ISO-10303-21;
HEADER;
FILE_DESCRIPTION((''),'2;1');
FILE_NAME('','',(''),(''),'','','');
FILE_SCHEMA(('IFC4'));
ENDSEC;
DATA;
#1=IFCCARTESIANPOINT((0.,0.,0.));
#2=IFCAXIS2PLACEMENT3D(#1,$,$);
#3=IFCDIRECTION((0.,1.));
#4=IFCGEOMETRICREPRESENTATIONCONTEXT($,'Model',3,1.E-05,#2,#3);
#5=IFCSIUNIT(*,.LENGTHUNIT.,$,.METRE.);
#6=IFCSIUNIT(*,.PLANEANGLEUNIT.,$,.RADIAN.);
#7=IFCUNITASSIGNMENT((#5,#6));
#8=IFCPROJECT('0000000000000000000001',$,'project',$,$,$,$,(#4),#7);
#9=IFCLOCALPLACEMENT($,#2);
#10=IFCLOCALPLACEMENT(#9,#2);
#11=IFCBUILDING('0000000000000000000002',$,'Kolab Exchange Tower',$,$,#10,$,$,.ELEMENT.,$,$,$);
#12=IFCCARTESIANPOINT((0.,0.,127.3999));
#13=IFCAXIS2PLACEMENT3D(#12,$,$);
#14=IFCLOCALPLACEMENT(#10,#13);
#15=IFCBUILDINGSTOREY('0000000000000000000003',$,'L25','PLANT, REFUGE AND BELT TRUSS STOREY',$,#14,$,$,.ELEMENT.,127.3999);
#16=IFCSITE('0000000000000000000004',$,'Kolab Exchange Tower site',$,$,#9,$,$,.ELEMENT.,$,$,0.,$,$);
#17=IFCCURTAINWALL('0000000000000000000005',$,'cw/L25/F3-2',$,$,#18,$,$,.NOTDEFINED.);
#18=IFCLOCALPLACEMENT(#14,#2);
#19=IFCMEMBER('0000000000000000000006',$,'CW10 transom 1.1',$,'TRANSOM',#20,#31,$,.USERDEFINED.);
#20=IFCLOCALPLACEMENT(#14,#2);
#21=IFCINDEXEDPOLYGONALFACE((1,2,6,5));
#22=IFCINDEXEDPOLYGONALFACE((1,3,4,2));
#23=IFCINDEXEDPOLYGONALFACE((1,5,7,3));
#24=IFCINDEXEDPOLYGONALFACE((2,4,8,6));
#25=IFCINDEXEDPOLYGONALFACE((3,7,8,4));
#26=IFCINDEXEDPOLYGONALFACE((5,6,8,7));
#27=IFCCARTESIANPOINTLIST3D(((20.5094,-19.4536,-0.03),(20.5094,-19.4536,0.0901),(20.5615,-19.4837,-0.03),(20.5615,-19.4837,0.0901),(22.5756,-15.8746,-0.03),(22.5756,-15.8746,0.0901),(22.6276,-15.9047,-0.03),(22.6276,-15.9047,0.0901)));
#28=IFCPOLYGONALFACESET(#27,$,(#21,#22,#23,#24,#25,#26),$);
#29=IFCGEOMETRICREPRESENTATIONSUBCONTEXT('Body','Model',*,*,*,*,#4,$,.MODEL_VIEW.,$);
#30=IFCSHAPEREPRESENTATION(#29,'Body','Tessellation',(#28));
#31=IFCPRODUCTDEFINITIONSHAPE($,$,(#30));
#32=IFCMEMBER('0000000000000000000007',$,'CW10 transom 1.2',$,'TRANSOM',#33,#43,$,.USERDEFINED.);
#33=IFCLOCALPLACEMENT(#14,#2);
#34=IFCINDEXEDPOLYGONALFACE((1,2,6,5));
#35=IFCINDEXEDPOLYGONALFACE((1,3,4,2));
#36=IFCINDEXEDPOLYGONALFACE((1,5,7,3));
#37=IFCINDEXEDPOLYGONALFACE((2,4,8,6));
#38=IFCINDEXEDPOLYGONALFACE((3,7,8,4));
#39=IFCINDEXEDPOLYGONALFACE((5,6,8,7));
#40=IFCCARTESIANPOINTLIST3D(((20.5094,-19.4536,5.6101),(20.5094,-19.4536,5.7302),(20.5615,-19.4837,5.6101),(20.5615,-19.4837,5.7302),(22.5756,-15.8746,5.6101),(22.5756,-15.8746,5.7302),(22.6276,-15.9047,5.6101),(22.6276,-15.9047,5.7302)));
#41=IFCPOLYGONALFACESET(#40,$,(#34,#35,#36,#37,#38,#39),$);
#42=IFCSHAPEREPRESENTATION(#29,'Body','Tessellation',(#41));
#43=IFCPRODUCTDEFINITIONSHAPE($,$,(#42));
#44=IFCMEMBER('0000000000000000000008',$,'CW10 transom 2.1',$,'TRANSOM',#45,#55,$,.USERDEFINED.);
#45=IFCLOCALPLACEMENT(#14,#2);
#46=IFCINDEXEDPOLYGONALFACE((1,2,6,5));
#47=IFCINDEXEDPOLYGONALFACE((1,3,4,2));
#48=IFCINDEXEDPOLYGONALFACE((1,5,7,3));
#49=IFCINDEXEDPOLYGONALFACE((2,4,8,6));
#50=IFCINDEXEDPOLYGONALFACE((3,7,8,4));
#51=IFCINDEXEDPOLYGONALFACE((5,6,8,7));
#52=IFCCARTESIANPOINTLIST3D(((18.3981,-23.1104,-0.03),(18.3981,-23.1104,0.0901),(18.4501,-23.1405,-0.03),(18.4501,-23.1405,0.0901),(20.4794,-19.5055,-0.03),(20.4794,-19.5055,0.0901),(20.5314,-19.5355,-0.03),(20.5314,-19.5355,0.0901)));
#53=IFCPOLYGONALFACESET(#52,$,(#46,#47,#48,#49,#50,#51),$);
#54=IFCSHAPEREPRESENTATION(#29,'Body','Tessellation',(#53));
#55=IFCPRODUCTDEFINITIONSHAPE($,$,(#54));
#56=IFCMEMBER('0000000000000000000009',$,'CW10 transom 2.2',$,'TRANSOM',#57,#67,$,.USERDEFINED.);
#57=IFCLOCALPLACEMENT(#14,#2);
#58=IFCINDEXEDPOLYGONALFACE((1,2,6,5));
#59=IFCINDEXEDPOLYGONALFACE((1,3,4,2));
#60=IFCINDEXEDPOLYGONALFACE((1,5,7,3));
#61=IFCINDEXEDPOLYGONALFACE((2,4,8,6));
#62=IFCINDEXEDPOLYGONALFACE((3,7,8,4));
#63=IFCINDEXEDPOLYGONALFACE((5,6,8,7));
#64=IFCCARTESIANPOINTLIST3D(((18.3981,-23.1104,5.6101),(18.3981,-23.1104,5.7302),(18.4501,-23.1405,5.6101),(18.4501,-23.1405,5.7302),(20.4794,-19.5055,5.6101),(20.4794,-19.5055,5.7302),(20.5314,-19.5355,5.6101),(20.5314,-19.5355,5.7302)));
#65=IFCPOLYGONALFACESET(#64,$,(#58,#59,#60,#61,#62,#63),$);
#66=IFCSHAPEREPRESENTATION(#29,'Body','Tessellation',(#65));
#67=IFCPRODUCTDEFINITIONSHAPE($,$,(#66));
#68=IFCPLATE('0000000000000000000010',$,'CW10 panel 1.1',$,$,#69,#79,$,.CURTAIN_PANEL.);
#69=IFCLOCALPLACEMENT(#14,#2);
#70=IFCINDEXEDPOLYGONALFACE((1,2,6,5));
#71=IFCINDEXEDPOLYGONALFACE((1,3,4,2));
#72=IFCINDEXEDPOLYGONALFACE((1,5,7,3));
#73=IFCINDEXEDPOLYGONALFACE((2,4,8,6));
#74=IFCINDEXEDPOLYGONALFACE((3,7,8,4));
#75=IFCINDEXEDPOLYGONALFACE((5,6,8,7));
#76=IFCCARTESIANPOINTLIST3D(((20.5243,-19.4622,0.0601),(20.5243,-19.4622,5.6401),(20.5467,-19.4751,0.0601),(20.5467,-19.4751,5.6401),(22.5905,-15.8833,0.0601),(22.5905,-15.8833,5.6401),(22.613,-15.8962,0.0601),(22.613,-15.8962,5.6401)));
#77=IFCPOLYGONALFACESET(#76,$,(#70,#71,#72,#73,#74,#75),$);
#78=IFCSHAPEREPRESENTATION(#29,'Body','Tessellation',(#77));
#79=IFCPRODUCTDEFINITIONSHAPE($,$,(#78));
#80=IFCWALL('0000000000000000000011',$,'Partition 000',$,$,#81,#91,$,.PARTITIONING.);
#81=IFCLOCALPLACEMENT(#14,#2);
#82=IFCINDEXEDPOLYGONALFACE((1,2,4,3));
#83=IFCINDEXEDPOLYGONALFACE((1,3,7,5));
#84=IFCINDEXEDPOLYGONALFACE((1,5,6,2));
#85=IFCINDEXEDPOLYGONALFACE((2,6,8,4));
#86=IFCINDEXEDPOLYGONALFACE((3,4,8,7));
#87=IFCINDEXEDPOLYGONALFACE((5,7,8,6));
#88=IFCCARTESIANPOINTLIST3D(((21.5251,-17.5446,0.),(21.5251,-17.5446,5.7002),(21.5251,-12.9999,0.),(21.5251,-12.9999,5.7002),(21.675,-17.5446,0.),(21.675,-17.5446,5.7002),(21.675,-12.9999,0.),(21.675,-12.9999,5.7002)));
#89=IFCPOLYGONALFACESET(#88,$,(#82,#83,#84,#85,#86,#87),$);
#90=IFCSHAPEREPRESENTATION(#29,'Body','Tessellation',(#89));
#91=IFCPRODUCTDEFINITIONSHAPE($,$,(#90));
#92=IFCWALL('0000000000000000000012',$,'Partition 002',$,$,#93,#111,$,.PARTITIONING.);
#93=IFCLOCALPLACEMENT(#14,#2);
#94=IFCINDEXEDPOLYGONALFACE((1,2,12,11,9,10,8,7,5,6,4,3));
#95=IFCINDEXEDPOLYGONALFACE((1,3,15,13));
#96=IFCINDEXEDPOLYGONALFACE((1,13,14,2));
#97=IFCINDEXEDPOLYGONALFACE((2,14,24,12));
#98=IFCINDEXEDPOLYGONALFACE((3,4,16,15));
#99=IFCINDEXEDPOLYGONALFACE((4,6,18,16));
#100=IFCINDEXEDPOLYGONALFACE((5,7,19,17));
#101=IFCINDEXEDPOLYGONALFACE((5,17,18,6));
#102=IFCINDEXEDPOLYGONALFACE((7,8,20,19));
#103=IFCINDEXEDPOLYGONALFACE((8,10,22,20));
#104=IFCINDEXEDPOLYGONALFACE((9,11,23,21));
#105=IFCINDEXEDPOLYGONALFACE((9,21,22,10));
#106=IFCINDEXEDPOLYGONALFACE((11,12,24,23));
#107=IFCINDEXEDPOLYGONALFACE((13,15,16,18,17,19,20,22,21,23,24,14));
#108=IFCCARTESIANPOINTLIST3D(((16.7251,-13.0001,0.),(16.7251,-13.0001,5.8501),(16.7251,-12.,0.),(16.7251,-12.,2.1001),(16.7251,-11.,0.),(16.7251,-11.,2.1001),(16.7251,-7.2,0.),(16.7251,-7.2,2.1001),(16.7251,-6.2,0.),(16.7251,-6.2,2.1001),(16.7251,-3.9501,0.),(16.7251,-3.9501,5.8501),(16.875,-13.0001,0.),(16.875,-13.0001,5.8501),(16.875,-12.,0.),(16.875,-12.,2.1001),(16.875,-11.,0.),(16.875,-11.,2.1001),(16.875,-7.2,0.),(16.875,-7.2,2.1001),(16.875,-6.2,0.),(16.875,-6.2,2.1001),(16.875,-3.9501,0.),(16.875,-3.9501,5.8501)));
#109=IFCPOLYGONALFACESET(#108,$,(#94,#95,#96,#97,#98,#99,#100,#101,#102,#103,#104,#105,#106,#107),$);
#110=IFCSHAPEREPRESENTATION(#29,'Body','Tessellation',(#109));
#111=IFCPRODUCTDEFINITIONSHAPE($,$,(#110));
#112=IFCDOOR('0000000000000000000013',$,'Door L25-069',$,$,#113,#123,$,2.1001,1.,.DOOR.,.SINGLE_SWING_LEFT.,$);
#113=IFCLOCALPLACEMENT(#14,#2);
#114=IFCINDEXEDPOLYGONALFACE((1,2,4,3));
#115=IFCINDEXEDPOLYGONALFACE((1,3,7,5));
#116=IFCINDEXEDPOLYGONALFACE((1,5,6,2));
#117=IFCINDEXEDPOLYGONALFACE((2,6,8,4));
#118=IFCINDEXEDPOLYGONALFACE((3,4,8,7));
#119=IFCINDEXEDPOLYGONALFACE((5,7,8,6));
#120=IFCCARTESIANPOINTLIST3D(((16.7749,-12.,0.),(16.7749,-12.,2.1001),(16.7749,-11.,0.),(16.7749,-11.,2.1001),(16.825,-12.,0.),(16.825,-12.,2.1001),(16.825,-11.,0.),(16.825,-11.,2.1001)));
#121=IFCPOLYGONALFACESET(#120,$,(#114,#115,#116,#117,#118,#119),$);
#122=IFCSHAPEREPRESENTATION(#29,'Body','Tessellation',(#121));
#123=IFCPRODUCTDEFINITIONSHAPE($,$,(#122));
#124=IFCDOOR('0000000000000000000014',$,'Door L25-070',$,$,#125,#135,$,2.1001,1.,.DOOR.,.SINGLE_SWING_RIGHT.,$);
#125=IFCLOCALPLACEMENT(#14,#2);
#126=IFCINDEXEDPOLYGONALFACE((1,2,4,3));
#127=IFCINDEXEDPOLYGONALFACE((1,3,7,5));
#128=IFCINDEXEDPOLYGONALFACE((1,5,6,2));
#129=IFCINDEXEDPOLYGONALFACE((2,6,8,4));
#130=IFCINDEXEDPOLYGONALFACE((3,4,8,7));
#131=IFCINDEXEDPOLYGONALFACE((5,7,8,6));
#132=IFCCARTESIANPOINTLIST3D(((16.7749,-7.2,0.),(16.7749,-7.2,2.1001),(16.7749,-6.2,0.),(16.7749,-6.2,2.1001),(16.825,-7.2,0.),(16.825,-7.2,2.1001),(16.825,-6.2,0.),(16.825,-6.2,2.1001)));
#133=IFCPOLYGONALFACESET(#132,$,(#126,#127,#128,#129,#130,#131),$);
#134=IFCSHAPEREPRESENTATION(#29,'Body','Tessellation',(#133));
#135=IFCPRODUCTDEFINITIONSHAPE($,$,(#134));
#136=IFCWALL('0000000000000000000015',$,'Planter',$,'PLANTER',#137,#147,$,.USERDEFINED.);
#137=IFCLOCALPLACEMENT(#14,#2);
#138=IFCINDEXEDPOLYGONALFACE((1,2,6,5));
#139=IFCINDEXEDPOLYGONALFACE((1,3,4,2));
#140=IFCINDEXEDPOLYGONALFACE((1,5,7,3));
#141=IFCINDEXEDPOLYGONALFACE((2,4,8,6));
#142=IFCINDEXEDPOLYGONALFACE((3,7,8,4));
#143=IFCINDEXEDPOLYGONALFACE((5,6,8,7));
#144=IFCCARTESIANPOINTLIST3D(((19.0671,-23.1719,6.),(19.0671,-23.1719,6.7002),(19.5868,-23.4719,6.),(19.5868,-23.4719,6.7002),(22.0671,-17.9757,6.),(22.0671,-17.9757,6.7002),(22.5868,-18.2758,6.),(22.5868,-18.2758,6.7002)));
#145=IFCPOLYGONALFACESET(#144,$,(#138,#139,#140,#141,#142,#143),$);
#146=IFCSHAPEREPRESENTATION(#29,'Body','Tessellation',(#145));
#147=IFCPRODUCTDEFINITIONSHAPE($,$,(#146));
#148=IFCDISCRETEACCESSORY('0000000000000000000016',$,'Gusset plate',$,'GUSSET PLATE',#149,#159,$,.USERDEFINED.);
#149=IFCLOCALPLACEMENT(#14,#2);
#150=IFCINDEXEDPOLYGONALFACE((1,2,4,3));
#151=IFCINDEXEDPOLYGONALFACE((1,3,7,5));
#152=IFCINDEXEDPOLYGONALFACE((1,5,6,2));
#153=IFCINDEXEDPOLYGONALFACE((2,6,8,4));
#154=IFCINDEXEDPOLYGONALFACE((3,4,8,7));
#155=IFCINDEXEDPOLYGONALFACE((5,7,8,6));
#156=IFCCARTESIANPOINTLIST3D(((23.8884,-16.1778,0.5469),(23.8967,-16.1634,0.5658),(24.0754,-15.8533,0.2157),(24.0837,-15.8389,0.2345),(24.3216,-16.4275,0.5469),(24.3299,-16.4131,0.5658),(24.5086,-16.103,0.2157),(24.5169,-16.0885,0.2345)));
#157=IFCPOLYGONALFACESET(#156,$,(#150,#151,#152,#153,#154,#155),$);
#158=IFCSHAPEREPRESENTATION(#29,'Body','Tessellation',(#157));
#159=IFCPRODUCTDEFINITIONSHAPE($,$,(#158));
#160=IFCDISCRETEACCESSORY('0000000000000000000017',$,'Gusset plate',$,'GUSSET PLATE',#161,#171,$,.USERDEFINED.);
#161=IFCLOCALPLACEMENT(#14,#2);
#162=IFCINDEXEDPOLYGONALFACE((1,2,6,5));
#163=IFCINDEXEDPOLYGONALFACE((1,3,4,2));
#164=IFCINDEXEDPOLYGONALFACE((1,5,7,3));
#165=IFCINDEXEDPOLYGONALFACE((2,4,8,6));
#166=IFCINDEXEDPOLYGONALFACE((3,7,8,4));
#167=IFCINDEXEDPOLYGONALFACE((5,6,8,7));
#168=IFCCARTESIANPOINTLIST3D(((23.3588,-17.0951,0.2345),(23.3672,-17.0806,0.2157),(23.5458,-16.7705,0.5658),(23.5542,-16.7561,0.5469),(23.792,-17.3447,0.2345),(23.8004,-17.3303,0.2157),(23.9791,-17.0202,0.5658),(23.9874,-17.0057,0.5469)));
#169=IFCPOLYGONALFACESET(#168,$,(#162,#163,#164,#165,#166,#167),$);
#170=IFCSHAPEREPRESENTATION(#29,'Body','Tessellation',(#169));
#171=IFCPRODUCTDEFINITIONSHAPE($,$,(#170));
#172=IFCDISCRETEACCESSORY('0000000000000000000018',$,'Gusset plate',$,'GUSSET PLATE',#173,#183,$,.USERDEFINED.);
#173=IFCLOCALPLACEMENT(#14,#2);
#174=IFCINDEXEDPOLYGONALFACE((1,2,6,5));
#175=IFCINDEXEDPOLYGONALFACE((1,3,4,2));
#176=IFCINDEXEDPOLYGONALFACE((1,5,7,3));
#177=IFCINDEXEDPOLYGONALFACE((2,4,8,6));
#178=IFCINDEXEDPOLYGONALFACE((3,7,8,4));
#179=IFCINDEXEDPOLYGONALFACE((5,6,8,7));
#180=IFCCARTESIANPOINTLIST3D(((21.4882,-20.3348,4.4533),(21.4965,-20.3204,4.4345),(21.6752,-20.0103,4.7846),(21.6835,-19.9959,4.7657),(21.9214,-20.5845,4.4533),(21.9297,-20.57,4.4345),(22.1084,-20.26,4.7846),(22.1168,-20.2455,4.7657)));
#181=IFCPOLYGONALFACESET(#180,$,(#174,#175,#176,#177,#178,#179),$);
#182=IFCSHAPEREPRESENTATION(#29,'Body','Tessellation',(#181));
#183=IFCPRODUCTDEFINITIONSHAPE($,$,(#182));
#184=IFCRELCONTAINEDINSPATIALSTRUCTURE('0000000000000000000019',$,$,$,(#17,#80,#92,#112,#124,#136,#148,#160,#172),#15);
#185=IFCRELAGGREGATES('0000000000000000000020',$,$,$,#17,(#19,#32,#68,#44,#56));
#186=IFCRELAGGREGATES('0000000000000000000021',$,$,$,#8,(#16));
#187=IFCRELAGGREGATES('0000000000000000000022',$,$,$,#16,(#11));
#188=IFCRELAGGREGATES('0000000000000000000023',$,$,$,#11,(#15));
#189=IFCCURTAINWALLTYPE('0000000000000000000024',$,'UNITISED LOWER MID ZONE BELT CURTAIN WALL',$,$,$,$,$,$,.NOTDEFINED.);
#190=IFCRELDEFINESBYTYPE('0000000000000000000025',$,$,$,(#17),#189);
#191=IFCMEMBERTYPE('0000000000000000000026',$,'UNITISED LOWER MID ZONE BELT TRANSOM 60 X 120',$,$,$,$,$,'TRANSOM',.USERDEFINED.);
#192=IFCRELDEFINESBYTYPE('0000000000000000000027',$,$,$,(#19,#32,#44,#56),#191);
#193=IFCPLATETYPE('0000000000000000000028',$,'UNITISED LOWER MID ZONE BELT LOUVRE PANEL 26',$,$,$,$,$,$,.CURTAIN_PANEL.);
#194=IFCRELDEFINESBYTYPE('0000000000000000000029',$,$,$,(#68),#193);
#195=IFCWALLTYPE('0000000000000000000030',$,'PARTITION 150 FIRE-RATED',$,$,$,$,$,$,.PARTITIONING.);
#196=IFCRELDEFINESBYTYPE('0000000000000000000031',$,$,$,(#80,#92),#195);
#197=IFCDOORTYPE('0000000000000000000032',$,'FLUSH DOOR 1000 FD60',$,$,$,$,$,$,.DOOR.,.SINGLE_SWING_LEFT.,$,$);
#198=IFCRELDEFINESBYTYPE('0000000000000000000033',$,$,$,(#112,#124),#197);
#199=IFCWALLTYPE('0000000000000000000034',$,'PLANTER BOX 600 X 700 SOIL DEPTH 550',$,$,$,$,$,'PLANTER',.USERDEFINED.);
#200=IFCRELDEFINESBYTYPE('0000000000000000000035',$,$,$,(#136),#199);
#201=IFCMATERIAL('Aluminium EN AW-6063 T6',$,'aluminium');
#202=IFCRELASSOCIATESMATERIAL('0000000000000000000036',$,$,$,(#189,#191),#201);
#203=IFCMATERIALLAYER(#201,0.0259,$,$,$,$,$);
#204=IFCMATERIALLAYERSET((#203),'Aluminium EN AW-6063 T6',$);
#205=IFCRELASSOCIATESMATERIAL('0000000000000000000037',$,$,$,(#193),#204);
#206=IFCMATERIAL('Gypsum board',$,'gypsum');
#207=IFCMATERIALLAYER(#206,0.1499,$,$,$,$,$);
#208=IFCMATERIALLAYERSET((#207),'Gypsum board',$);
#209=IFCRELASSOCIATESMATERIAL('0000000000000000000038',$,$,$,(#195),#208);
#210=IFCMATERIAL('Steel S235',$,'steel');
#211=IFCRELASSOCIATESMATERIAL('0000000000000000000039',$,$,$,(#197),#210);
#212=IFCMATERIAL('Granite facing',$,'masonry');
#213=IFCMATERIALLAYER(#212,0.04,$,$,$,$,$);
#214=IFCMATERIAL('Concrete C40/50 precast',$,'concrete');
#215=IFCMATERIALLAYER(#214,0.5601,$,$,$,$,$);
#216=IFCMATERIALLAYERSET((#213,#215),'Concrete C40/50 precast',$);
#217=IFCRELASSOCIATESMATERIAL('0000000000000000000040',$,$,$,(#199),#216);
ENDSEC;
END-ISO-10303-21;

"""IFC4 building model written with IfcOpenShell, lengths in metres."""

from ifc_helpers import new_model, si_unit, direction, frame, frame_2d, origin, origin_2d, place, context, subcontext, project, spatial, rectangle, extrude, material, layer, layer_set, material_profile, profile_set, type_object, element, fill, aggregate, save


model = new_model("IFC4")

# Units and contexts
model_context = context("Model", 3, precision=1e-05, world=origin(), true_north=direction((0.0, 1.0)))
body_context = subcontext(model_context, "Body", "Model", "MODEL_VIEW")
ifc_project = project(units=[si_unit("LENGTHUNIT", "METRE"), si_unit("PLANEANGLEUNIT", "RADIAN")], contexts=[model_context])

# Site, building, storey
site_placement = place(None, origin())
site = spatial("IfcSite", under=ifc_project, at=site_placement, Name="Kolab Exchange Tower site", CompositionType="ELEMENT", RefElevation=0.0)
building_placement = place(site_placement, origin())
building = spatial("IfcBuilding", under=site, at=building_placement, Name="Kolab Exchange Tower", CompositionType="ELEMENT")
storey_placement = place(building_placement, frame((0.0, 0.0, 127.3999)))
storey = spatial("IfcBuildingStorey", under=building, at=storey_placement, Name="L25", Description="PLANT, REFUGE AND BELT TRUSS STOREY", CompositionType="ELEMENT", Elevation=127.3999)

# Curtain wall, members, plate
ifc_material_1 = material(Name="Aluminium EN AW-6063 T6", Category="aluminium")
curtain_wall_type = type_object("IfcCurtainWallType", Name="UNITISED LOWER MID ZONE BELT CURTAIN WALL", PredefinedType="NOTDEFINED", material=ifc_material_1)
curtain_wall_placement = place(storey_placement, origin())
curtain_wall = element("IfcCurtainWall", 1, at=curtain_wall_placement, inside=storey, type_object=curtain_wall_type, Name="cw/L25/F3-2", PredefinedType="NOTDEFINED")
ifc_material_profile_1 = material_profile(ifc_material_1, rectangle(XDim=0.0601, YDim=0.1201, at=origin_2d()), Name="RECT 60X120")
ifc_profile_set_1 = profile_set([ifc_material_profile_1], Name="Aluminium EN AW-6063 T6")
member_type_1 = type_object("IfcMemberType", Name="UNITISED LOWER MID ZONE BELT TRANSOM 60 X 120", ElementType="TRANSOM", PredefinedType="USERDEFINED", material=ifc_profile_set_1)
member_1_placement = place(storey_placement, frame((22.6016, -15.8896, 0.03), z_axis=(-0.499958, -0.86605, 0.0), x_axis=(0.86605, -0.499958, 0.0)))
member_1 = element("IfcMember", 2, at=member_1_placement, type_object=member_type_1, Name="CW10 transom 1.1", ObjectType="TRANSOM", PredefinedType="USERDEFINED", context=body_context, shape_type="SweptSolid", body=[
    extrude(rectangle(XDim=0.0601, YDim=0.1201, at=origin_2d()), origin(), (0.0, 0.0, 1.0), 4.1326),
])
member_2_placement = place(storey_placement, frame((22.6016, -15.8896, 5.6702), z_axis=(-0.499958, -0.86605, 0.0), x_axis=(0.86605, -0.499958, 0.0)))
member_2 = element("IfcMember", 3, at=member_2_placement, type_object=member_type_1, Name="CW10 transom 1.2", ObjectType="TRANSOM", PredefinedType="USERDEFINED", context=body_context, shape_type="SweptSolid", body=[
    extrude(rectangle(XDim=0.0601, YDim=0.1201, at=origin_2d()), origin(), (0.0, 0.0, 1.0), 4.1326),
])
member_3_placement = place(storey_placement, frame((20.5054, -19.5205, 0.03), z_axis=(-0.499993, -0.866029, 0.0), x_axis=(0.866029, -0.499993, 0.0)))
member_3 = element("IfcMember", 4, at=member_3_placement, type_object=member_type_1, Name="CW10 transom 2.1", ObjectType="TRANSOM", PredefinedType="USERDEFINED", context=body_context, shape_type="SweptSolid", body=[
    extrude(rectangle(XDim=0.0601, YDim=0.1201, at=origin_2d()), origin(), (0.0, 0.0, 1.0), 4.1626),
])
member_4_placement = place(storey_placement, frame((20.5054, -19.5205, 5.6702), z_axis=(-0.499993, -0.866029, 0.0), x_axis=(0.866029, -0.499993, 0.0)))
member_4 = element("IfcMember", 5, at=member_4_placement, type_object=member_type_1, Name="CW10 transom 2.2", ObjectType="TRANSOM", PredefinedType="USERDEFINED", context=body_context, shape_type="SweptSolid", body=[
    extrude(rectangle(XDim=0.0601, YDim=0.1201, at=origin_2d()), origin(), (0.0, 0.0, 1.0), 4.1626),
])
ifc_layer_1 = layer(ifc_material_1, 0.0259)
ifc_layer_set_1 = layer_set([ifc_layer_1], Name="Aluminium EN AW-6063 T6")
plate_type = type_object("IfcPlateType", Name="UNITISED LOWER MID ZONE BELT LOUVRE PANEL 26", PredefinedType="CURTAIN_PANEL", material=ifc_layer_set_1)
plate_placement = place(storey_placement, frame((21.5686, -17.6792, 0.0601), z_axis=(0.0, 0.0, 1.0), x_axis=(-0.5, -0.866025, 0.0)))
plate = element("IfcPlate", 6, at=plate_placement, type_object=plate_type, Name="CW10 panel 1.1", PredefinedType="CURTAIN_PANEL", context=body_context, shape_type="SweptSolid", body=[
    extrude(rectangle(XDim=4.1326, YDim=0.0259, at=origin_2d()), origin(), (0.0, 0.0, 1.0), 5.5801),
])
aggregate(curtain_wall, [member_1, member_2, plate, member_3, member_4])

# Wall
ifc_material_2 = material(Name="Gypsum board", Category="gypsum")
ifc_layer_2 = layer(ifc_material_2, 0.1499)
ifc_layer_set_2 = layer_set([ifc_layer_2], Name="Gypsum board")
wall_type_1 = type_object("IfcWallType", Name="PARTITION 150 FIRE-RATED", PredefinedType="PARTITIONING", material=ifc_layer_set_2)
wall_1_placement = place(storey_placement, frame((21.6001, -17.5447, 0.0), z_axis=(0.0, 0.0, 1.0), x_axis=(0.0, 1.0, 0.0)))
element("IfcWall", 7, at=wall_1_placement, inside=storey, type_object=wall_type_1, Name="Partition 000", PredefinedType="PARTITIONING", context=body_context, shape_type="SweptSolid", body=[
    extrude(rectangle(XDim=4.5447, YDim=0.1499, at=frame_2d((2.2725, 0.0))), origin(), (0.0, 0.0, 1.0), 5.7002),
])

# Wall, openings, doors
wall_2_placement = place(storey_placement, frame((16.8, -13.0, 0.0), z_axis=(0.0, 0.0, 1.0), x_axis=(0.0, 1.0, 0.0)))
wall_2 = element("IfcWall", 8, at=wall_2_placement, inside=storey, type_object=wall_type_1, Name="Partition 002", PredefinedType="PARTITIONING", context=body_context, shape_type="SweptSolid", body=[
    extrude(rectangle(XDim=9.05, YDim=0.1499, at=frame_2d((4.5249, 0.0))), origin(), (0.0, 0.0, 1.0), 5.8501),
])
opening_1_placement = place(wall_2_placement, frame((1.0, 0.0, 0.0)))
opening_1 = element("IfcOpeningElement", 9, at=opening_1_placement, cuts=wall_2, PredefinedType="OPENING", context=body_context, shape_type="SweptSolid", body=[
    extrude(rectangle(XDim=1.0, YDim=2.1001, at=frame_2d((0.5, 1.05))), frame((0.0, 0.085, 0.0), z_axis=(0.0, -1.0, 0.0), x_axis=(1.0, 0.0, 0.0)), (0.0, 0.0, 1.0), 0.1699),
])
opening_2_placement = place(wall_2_placement, frame((5.8, 0.0, 0.0)))
opening_2 = element("IfcOpeningElement", 10, at=opening_2_placement, cuts=wall_2, PredefinedType="OPENING", context=body_context, shape_type="SweptSolid", body=[
    extrude(rectangle(XDim=1.0, YDim=2.1001, at=frame_2d((0.5, 1.05))), frame((0.0, 0.085, 0.0), z_axis=(0.0, -1.0, 0.0), x_axis=(1.0, 0.0, 0.0)), (0.0, 0.0, 1.0), 0.1699),
])
ifc_material_3 = material(Name="Steel S235", Category="steel")
door_type = type_object("IfcDoorType", Name="FLUSH DOOR 1000 FD60", OperationType="SINGLE_SWING_LEFT", PredefinedType="DOOR", material=ifc_material_3)
door_1_placement = place(opening_1_placement, frame((1.0, 0.0, 0.0), z_axis=(0.0, 0.0, 1.0), x_axis=(-1.0, 0.0, 0.0)))
door_1 = element("IfcDoor", 11, at=door_1_placement, inside=storey, type_object=door_type, Name="Door L25-069", OperationType="SINGLE_SWING_LEFT", OverallHeight=2.1001, OverallWidth=1.0, PredefinedType="DOOR", context=body_context, shape_type="SweptSolid", body=[
    extrude(rectangle(XDim=1.0, YDim=2.1001, at=frame_2d((0.5, 1.05))), frame((0.0, 0.0249, 0.0), z_axis=(0.0, -1.0, 0.0), x_axis=(1.0, 0.0, 0.0)), (0.0, 0.0, 1.0), 0.05),
])
fill(opening_1, door_1)
door_2_placement = place(opening_2_placement, frame((1.0, 0.0, 0.0), z_axis=(0.0, 0.0, 1.0), x_axis=(-1.0, 0.0, 0.0)))
door_2 = element("IfcDoor", 12, at=door_2_placement, inside=storey, type_object=door_type, Name="Door L25-070", OperationType="SINGLE_SWING_RIGHT", OverallHeight=2.1001, OverallWidth=1.0, PredefinedType="DOOR", context=body_context, shape_type="SweptSolid", body=[
    extrude(rectangle(XDim=1.0, YDim=2.1001, at=frame_2d((0.5, 1.05))), frame((0.0, 0.0249, 0.0), z_axis=(0.0, -1.0, 0.0), x_axis=(1.0, 0.0, 0.0)), (0.0, 0.0, 1.0), 0.05),
])
fill(opening_2, door_2)

# Wall
ifc_material_4 = material(Name="Granite facing", Category="masonry")
ifc_layer_3 = layer(ifc_material_4, 0.04)
ifc_material_5 = material(Name="Concrete C40/50 precast", Category="concrete")
ifc_layer_4 = layer(ifc_material_5, 0.5601)
ifc_layer_set_3 = layer_set([ifc_layer_3, ifc_layer_4], Name="Concrete C40/50 precast")
wall_type_2 = type_object("IfcWallType", Name="PLANTER BOX 600 X 700 SOIL DEPTH 550", ElementType="PLANTER", PredefinedType="USERDEFINED", material=ifc_layer_set_3)
wall_3_placement = place(storey_placement, frame((22.3269, -18.1257, 6.0), z_axis=(0.0, 0.0, 1.0), x_axis=(-0.49999, -0.866031, 0.0)))
element("IfcWall", 13, at=wall_3_placement, inside=storey, type_object=wall_type_2, Name="Planter", ObjectType="PLANTER", PredefinedType="USERDEFINED", context=body_context, shape_type="SweptSolid", body=[
    extrude(rectangle(XDim=6.0, YDim=0.6001, at=frame_2d((3.0, 0.0))), origin(), (0.0, 0.0, 1.0), 0.7002),
])

# Discrete accessories
for number, where, z_axis, x_axis, name in (
    (14, (24.2068, -16.126, 0.4001), (-0.330768, -0.57398, -0.749092), (0.86643, -0.499299, 0.0), "Gusset plate"),
    (15, (23.6689, -17.0576, 0.4001), (0.330768, 0.57398, -0.749092), (-0.86643, 0.499299, 0.0), "Gusset plate"),
    (16, (21.8066, -20.283, 4.6001), (-0.330768, -0.57398, 0.749092), (0.86643, -0.499299, 0.0), "Gusset plate"),
):
    element("IfcDiscreteAccessory", number, at=place(storey_placement, frame(where, z_axis=z_axis, x_axis=x_axis)), inside=storey, Name=name, ObjectType="GUSSET PLATE", PredefinedType="USERDEFINED", context=body_context, shape_type="SweptSolid", body=[
        extrude(rectangle(XDim=0.5, YDim=0.5, at=origin_2d()), origin(), (0.0, 0.0, 1.0), 0.0251),
    ])

save(model, "model.ifc")
